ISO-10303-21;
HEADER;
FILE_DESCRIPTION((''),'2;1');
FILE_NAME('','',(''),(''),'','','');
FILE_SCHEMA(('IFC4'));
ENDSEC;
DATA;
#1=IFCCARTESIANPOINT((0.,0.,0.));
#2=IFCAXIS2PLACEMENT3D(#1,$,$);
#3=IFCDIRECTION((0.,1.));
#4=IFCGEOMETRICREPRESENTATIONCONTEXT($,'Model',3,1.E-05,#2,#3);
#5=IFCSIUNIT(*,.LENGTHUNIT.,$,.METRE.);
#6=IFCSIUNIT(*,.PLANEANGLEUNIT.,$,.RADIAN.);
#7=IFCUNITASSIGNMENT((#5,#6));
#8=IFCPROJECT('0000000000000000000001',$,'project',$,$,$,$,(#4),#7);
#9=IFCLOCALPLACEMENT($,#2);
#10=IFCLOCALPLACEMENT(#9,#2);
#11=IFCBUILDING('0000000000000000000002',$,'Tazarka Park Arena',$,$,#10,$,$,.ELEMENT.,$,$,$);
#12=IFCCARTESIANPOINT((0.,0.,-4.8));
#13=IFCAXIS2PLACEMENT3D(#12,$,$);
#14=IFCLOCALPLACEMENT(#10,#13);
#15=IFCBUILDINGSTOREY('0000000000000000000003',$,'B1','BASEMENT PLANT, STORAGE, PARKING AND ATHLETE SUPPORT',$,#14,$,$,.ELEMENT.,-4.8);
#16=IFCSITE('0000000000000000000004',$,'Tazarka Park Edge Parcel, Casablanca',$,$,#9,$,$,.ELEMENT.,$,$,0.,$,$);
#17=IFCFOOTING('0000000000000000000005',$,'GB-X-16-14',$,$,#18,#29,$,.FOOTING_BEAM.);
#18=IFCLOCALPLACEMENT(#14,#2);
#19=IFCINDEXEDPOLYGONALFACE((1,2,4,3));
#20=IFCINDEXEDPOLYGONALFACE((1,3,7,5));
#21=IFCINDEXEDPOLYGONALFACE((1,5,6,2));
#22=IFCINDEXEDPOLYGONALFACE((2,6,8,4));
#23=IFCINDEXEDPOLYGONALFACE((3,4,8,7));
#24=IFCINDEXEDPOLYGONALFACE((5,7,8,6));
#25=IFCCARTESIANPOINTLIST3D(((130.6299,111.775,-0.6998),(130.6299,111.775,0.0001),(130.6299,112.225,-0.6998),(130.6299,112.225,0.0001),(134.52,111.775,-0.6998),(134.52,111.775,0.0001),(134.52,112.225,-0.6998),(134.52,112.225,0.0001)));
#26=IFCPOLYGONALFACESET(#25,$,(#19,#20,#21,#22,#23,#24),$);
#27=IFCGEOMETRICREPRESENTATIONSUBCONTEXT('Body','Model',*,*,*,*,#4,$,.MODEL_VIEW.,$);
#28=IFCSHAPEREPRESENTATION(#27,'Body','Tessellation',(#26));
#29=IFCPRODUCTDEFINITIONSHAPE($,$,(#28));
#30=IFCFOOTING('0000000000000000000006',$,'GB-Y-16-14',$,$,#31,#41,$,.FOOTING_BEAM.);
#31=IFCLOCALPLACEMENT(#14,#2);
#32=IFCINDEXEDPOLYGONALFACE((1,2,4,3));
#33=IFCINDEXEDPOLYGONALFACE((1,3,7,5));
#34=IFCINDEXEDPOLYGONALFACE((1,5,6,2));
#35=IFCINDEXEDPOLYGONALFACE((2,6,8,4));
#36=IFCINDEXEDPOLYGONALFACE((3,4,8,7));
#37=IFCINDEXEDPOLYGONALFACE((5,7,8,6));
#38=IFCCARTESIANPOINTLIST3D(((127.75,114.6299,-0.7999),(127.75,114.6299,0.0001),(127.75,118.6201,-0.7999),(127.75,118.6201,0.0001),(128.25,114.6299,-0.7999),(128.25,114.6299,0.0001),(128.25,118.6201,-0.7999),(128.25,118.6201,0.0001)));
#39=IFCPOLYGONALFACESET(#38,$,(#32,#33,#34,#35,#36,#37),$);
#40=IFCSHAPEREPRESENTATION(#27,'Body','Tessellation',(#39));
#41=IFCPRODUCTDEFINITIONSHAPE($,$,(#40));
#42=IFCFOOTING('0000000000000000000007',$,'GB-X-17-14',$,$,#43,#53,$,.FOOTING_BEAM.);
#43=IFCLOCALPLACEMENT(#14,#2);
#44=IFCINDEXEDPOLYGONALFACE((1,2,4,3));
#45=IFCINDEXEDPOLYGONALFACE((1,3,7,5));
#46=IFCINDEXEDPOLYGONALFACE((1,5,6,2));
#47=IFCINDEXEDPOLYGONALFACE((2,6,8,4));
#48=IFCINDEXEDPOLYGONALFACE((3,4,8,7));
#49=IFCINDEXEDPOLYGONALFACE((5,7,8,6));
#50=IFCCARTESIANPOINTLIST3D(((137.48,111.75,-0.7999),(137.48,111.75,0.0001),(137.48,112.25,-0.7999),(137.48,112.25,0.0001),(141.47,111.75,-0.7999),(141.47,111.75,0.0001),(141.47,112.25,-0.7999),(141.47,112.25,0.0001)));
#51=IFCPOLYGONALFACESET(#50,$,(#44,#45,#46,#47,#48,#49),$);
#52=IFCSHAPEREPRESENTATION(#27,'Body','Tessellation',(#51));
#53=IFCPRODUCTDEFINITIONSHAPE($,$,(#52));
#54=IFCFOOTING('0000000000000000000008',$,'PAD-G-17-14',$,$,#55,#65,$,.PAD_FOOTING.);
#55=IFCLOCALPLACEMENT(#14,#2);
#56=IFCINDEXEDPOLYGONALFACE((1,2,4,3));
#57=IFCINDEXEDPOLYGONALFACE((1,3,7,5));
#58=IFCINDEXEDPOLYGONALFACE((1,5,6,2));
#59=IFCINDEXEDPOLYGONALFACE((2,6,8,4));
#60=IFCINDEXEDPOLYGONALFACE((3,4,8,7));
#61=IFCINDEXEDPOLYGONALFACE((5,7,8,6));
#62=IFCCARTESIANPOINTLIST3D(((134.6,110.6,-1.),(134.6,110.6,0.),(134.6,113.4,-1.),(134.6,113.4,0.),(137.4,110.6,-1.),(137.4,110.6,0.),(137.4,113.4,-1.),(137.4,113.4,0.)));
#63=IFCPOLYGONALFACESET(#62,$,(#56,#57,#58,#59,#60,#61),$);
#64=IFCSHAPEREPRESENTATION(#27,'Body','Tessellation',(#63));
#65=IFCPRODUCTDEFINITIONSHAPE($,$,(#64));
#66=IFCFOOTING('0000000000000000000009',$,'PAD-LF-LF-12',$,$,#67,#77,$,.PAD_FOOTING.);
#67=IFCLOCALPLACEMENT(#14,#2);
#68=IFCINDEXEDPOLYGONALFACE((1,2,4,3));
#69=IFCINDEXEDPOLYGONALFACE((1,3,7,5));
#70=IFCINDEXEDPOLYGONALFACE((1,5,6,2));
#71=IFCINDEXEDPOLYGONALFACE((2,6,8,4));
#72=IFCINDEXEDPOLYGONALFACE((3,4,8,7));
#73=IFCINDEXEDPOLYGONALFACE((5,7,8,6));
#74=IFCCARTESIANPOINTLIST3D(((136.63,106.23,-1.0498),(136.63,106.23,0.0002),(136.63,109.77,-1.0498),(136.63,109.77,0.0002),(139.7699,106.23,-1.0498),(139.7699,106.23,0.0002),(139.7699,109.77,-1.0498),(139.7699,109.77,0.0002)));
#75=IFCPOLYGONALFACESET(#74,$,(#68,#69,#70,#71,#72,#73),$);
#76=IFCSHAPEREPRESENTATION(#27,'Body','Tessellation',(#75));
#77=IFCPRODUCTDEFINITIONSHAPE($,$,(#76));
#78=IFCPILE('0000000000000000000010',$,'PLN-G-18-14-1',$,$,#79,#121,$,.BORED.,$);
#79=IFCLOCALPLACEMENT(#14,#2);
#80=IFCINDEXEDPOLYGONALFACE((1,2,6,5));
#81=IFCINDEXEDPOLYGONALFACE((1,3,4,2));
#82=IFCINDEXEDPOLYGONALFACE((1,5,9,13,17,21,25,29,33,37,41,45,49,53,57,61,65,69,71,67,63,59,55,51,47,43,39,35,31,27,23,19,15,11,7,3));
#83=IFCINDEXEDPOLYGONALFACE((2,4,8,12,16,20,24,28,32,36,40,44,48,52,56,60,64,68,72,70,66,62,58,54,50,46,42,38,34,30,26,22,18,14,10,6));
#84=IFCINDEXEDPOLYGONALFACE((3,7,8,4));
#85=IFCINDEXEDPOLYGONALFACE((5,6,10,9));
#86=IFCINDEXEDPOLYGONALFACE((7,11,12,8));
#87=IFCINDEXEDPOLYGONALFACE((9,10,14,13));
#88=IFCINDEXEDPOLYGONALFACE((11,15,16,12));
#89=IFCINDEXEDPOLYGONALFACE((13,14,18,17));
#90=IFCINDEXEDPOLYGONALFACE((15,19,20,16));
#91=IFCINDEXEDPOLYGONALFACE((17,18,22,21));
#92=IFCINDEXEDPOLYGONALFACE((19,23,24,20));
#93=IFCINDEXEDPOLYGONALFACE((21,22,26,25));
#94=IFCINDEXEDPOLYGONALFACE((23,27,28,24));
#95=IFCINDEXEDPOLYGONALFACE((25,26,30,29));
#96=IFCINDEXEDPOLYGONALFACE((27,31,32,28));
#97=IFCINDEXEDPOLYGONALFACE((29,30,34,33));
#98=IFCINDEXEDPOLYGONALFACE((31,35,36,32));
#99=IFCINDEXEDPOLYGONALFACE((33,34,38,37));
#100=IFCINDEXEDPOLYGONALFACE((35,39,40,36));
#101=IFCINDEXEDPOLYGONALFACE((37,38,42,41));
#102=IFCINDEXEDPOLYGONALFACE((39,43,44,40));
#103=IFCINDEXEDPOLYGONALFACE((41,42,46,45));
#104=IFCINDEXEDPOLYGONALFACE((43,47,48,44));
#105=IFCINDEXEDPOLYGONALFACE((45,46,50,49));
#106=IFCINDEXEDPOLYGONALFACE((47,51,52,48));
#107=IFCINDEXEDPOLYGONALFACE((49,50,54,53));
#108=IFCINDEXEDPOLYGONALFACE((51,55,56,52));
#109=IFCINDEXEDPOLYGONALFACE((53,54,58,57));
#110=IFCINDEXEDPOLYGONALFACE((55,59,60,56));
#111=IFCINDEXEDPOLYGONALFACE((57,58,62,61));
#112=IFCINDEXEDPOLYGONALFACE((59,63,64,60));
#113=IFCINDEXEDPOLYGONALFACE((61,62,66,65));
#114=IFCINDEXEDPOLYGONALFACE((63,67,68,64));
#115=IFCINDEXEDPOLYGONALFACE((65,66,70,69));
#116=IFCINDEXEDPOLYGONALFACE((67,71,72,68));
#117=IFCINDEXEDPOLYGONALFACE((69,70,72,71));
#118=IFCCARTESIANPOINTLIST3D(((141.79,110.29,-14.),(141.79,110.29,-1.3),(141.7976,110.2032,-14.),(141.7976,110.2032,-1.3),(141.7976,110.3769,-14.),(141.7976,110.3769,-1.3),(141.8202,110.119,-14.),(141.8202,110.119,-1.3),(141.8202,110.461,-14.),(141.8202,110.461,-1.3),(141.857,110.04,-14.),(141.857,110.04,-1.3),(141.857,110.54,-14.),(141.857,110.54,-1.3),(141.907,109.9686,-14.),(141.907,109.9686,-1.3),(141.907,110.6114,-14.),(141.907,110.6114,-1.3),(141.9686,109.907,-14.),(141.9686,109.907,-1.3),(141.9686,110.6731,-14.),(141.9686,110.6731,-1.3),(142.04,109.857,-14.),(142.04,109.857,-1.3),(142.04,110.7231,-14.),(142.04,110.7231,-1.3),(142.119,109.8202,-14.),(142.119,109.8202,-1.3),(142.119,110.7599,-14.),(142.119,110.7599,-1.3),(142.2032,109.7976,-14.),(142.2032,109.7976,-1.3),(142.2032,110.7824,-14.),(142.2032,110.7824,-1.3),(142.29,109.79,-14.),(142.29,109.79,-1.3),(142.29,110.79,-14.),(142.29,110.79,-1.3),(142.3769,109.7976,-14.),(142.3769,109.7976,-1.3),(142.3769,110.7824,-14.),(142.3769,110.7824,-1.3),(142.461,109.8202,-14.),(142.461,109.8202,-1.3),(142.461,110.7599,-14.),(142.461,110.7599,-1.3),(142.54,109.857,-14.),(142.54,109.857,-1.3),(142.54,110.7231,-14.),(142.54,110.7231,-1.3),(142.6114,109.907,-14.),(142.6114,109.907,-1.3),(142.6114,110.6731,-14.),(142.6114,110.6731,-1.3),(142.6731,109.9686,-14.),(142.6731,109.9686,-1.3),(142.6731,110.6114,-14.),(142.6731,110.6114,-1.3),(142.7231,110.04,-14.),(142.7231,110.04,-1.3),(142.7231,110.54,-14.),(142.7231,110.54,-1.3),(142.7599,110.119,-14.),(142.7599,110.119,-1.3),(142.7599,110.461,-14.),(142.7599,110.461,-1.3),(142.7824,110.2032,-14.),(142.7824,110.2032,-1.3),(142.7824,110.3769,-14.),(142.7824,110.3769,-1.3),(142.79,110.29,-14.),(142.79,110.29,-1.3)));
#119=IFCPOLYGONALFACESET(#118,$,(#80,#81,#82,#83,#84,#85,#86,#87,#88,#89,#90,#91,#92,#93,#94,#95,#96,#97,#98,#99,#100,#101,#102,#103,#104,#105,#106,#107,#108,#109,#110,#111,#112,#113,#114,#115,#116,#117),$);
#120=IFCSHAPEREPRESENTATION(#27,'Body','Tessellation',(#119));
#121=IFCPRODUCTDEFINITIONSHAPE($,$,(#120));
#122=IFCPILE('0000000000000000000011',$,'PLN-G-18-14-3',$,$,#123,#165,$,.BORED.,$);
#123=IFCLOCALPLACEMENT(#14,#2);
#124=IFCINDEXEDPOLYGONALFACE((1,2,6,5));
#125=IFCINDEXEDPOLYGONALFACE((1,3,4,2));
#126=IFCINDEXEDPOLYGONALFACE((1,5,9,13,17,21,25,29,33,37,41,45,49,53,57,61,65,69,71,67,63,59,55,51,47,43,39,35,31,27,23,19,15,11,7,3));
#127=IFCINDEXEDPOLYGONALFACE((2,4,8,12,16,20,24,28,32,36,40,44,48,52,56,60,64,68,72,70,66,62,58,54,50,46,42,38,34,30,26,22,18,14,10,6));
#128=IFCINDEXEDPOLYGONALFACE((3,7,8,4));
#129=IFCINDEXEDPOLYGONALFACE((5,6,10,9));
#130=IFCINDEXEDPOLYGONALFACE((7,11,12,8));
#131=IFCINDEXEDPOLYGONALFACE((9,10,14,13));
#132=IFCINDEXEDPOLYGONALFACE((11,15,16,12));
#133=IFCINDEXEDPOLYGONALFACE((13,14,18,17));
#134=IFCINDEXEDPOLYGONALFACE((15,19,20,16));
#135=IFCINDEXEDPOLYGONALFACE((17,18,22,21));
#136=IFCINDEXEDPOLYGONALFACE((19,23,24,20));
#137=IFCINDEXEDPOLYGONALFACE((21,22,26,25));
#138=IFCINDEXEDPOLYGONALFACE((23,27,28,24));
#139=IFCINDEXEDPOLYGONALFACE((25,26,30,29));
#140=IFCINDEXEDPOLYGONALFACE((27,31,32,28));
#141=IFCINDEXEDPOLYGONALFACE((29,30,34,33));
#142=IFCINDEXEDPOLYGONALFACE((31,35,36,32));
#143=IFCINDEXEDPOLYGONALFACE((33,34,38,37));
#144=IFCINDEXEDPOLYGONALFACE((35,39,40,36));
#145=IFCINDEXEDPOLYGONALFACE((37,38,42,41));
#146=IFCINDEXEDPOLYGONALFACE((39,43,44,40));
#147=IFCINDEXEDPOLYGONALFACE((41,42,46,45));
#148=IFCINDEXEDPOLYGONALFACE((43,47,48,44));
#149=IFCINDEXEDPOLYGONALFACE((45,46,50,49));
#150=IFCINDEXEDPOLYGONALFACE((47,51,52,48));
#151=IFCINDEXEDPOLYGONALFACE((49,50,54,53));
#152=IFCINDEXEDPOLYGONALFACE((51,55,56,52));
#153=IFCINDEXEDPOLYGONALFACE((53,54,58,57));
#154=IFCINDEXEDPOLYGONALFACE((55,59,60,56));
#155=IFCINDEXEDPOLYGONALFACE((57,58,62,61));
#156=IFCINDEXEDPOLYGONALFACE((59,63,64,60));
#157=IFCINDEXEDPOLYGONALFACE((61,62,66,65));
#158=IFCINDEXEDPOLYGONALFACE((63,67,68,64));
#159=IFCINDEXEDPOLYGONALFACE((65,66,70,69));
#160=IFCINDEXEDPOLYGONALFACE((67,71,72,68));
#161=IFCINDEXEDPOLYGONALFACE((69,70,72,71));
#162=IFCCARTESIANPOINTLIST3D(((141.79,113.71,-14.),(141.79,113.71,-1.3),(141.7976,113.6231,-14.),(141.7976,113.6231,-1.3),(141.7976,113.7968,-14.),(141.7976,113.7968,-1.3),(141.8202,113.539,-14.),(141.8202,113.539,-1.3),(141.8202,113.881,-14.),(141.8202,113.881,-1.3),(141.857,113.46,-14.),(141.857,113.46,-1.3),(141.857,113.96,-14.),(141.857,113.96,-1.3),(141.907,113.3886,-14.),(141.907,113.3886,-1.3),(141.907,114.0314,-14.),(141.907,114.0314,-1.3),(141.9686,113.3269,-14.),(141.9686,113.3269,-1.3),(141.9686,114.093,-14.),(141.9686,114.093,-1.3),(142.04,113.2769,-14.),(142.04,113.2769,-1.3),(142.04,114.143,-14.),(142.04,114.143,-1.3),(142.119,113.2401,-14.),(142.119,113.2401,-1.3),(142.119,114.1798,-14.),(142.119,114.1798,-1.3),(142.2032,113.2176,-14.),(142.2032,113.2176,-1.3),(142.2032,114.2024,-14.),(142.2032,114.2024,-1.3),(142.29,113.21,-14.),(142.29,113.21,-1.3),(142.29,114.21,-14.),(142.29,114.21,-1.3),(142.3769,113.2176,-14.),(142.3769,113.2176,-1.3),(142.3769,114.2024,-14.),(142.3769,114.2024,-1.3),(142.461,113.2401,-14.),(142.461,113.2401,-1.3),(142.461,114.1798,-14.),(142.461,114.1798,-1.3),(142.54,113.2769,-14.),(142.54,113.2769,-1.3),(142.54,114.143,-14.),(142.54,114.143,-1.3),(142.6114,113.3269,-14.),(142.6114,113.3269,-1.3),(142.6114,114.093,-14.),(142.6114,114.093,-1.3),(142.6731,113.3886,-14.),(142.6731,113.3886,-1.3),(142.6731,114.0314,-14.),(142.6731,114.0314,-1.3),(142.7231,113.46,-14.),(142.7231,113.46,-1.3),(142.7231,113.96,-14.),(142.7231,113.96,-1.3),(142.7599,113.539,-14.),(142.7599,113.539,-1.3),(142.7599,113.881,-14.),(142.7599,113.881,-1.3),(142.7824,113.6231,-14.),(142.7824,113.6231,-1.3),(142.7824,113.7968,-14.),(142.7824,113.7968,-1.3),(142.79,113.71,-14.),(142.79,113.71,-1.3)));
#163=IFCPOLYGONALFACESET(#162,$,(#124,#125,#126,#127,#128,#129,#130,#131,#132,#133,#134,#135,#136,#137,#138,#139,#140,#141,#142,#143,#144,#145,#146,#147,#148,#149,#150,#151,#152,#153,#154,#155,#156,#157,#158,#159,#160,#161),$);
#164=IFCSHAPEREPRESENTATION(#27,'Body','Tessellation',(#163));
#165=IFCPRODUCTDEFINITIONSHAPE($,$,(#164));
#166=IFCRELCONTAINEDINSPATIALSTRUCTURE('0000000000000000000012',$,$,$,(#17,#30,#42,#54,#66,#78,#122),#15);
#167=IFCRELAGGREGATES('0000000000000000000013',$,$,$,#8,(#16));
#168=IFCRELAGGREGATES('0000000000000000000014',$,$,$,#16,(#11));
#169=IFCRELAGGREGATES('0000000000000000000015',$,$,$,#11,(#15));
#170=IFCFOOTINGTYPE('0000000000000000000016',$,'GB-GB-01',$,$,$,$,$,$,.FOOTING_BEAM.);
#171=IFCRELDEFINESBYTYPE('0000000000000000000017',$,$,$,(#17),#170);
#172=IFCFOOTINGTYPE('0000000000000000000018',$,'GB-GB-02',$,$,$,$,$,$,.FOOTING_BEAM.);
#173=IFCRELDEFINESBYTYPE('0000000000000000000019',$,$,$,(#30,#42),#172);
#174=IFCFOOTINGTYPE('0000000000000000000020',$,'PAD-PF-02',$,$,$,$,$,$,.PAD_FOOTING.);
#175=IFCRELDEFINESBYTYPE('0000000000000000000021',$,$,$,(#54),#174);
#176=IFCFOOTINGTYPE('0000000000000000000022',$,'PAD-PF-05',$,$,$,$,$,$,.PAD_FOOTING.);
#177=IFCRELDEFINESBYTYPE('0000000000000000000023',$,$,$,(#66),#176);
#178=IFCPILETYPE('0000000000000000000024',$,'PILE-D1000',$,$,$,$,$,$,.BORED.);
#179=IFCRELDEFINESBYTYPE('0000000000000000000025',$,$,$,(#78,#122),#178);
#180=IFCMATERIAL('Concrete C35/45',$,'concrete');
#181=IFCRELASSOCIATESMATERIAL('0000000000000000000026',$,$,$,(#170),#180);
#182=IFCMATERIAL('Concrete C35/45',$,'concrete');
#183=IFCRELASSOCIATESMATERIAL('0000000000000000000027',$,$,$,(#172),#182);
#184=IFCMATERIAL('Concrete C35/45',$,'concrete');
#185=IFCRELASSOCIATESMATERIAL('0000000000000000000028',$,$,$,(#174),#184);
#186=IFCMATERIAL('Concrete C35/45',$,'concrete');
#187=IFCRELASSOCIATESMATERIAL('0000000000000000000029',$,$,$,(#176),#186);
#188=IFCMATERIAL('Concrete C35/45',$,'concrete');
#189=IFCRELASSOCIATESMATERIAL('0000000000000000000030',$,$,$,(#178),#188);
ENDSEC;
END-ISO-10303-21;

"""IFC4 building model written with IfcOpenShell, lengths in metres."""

from ifc_helpers import new_model, si_unit, direction, frame, origin, origin_2d, place, context, subcontext, project, spatial, rectangle, circle, extrude, material, material_profile, profile_set, type_object, element, save


model = new_model("IFC4")

# Units and contexts
model_context = context("Model", 3, precision=1e-05, world=origin(), true_north=direction((0.0, 1.0)))
body_context = subcontext(model_context, "Body", "Model", "MODEL_VIEW")
ifc_project = project(units=[si_unit("LENGTHUNIT", "METRE"), si_unit("PLANEANGLEUNIT", "RADIAN")], contexts=[model_context])

# Site, building, storey
site_placement = place(None, origin())
site = spatial("IfcSite", under=ifc_project, at=site_placement, Name="Tazarka Park Edge Parcel, Casablanca", CompositionType="ELEMENT", RefElevation=0.0)
building_placement = place(site_placement, origin())
building = spatial("IfcBuilding", under=site, at=building_placement, Name="Tazarka Park Arena", CompositionType="ELEMENT")
storey_placement = place(building_placement, frame((0.0, 0.0, -4.8)))
storey = spatial("IfcBuildingStorey", under=building, at=storey_placement, Name="B1", Description="BASEMENT PLANT, STORAGE, PARKING AND ATHLETE SUPPORT", CompositionType="ELEMENT", Elevation=-4.8)

# Footings
ifc_material_1 = material(Name="Concrete C35/45", Category="concrete")
ifc_material_profile_1 = material_profile(ifc_material_1, rectangle(XDim=0.45, YDim=0.7, at=origin_2d()), Name="Concrete C35/45")
ifc_profile_set_1 = profile_set([ifc_material_profile_1], Name="Concrete C35/45")
footing_type_1 = type_object("IfcFootingType", Name="GB-GB-01", PredefinedType="FOOTING_BEAM", material=ifc_profile_set_1)
footing_1_placement = place(storey_placement, frame((130.6299, 112.0, -0.3499), z_axis=(1.0, 0.0, 0.0), x_axis=(0.0, 1.0, 0.0)))
element("IfcFooting", 1, at=footing_1_placement, inside=storey, type_object=footing_type_1, Name="GB-X-16-14", PredefinedType="FOOTING_BEAM", context=body_context, shape_type="SweptSolid", body=[
    extrude(rectangle(XDim=0.45, YDim=0.7, at=origin_2d()), origin(), (0.0, 0.0, 1.0), 3.8901),
])
ifc_material_2 = material(Name="Concrete C35/45", Category="concrete")
ifc_material_profile_2 = material_profile(ifc_material_2, rectangle(XDim=0.5, YDim=0.8, at=origin_2d()), Name="Concrete C35/45")
ifc_profile_set_2 = profile_set([ifc_material_profile_2], Name="Concrete C35/45")
footing_type_2 = type_object("IfcFootingType", Name="GB-GB-02", PredefinedType="FOOTING_BEAM", material=ifc_profile_set_2)
footing_2_placement = place(storey_placement, frame((128.0, 114.6299, -0.3999), z_axis=(0.0, 1.0, 0.0), x_axis=(-1.0, 0.0, 0.0)))
element("IfcFooting", 2, at=footing_2_placement, inside=storey, type_object=footing_type_2, Name="GB-Y-16-14", PredefinedType="FOOTING_BEAM", context=body_context, shape_type="SweptSolid", body=[
    extrude(rectangle(XDim=0.5, YDim=0.8, at=origin_2d()), origin(), (0.0, 0.0, 1.0), 3.9902),
])
footing_3_placement = place(storey_placement, frame((137.48, 112.0, -0.3999), z_axis=(1.0, 0.0, 0.0), x_axis=(0.0, 1.0, 0.0)))
element("IfcFooting", 3, at=footing_3_placement, inside=storey, type_object=footing_type_2, Name="GB-X-17-14", PredefinedType="FOOTING_BEAM", context=body_context, shape_type="SweptSolid", body=[
    extrude(rectangle(XDim=0.5, YDim=0.8, at=origin_2d()), origin(), (0.0, 0.0, 1.0), 3.99),
])
ifc_material_3 = material(Name="Concrete C35/45", Category="concrete")
footing_type_3 = type_object("IfcFootingType", Name="PAD-PF-02", PredefinedType="PAD_FOOTING", material=ifc_material_3)
footing_4_placement = place(storey_placement, frame((136.0, 112.0, -1.0), z_axis=(0.0, 0.0, 1.0), x_axis=(1.0, 0.0, 0.0)))
element("IfcFooting", 4, at=footing_4_placement, inside=storey, type_object=footing_type_3, Name="PAD-G-17-14", PredefinedType="PAD_FOOTING", context=body_context, shape_type="SweptSolid", body=[
    extrude(rectangle(XDim=2.8, YDim=2.8, at=origin_2d()), origin(), (0.0, 0.0, 1.0), 1.0),
])
ifc_material_4 = material(Name="Concrete C35/45", Category="concrete")
footing_type_4 = type_object("IfcFootingType", Name="PAD-PF-05", PredefinedType="PAD_FOOTING", material=ifc_material_4)
footing_5_placement = place(storey_placement, frame((138.2, 108.0, -1.0498), z_axis=(0.0, 0.0, 1.0), x_axis=(1.0, 0.0, 0.0)))
element("IfcFooting", 5, at=footing_5_placement, inside=storey, type_object=footing_type_4, Name="PAD-LF-LF-12", PredefinedType="PAD_FOOTING", context=body_context, shape_type="SweptSolid", body=[
    extrude(rectangle(XDim=3.1399, YDim=3.54, at=origin_2d()), origin(), (0.0, 0.0, 1.0), 1.05),
])

# Piles
ifc_material_5 = material(Name="Concrete C35/45", Category="concrete")
ifc_material_profile_3 = material_profile(ifc_material_5, circle(Radius=0.5, at=origin_2d()), Name="Concrete C35/45")
ifc_profile_set_3 = profile_set([ifc_material_profile_3], Name="Concrete C35/45")
pile_type_1 = type_object("IfcPileType", Name="PILE-D1000", PredefinedType="BORED", material=ifc_profile_set_3)
for number, where, z_axis, x_axis, name in (
    (6, (142.29, 110.29, -1.3), (0.0, 0.0, -1.0), (1.0, 0.0, 0.0), "PLN-G-18-14-1"),
    (7, (142.29, 113.71, -1.3), (0.0, 0.0, -1.0), (1.0, 0.0, 0.0), "PLN-G-18-14-3"),
):
    element("IfcPile", number, at=place(storey_placement, frame(where, z_axis=z_axis, x_axis=x_axis)), inside=storey, type_object=pile_type_1, Name=name, PredefinedType="BORED", context=body_context, shape_type="SweptSolid", body=[
        extrude(circle(Radius=0.5, at=origin_2d()), origin(), (0.0, 0.0, 1.0), 12.7),
    ])

save(model, "model.ifc")
